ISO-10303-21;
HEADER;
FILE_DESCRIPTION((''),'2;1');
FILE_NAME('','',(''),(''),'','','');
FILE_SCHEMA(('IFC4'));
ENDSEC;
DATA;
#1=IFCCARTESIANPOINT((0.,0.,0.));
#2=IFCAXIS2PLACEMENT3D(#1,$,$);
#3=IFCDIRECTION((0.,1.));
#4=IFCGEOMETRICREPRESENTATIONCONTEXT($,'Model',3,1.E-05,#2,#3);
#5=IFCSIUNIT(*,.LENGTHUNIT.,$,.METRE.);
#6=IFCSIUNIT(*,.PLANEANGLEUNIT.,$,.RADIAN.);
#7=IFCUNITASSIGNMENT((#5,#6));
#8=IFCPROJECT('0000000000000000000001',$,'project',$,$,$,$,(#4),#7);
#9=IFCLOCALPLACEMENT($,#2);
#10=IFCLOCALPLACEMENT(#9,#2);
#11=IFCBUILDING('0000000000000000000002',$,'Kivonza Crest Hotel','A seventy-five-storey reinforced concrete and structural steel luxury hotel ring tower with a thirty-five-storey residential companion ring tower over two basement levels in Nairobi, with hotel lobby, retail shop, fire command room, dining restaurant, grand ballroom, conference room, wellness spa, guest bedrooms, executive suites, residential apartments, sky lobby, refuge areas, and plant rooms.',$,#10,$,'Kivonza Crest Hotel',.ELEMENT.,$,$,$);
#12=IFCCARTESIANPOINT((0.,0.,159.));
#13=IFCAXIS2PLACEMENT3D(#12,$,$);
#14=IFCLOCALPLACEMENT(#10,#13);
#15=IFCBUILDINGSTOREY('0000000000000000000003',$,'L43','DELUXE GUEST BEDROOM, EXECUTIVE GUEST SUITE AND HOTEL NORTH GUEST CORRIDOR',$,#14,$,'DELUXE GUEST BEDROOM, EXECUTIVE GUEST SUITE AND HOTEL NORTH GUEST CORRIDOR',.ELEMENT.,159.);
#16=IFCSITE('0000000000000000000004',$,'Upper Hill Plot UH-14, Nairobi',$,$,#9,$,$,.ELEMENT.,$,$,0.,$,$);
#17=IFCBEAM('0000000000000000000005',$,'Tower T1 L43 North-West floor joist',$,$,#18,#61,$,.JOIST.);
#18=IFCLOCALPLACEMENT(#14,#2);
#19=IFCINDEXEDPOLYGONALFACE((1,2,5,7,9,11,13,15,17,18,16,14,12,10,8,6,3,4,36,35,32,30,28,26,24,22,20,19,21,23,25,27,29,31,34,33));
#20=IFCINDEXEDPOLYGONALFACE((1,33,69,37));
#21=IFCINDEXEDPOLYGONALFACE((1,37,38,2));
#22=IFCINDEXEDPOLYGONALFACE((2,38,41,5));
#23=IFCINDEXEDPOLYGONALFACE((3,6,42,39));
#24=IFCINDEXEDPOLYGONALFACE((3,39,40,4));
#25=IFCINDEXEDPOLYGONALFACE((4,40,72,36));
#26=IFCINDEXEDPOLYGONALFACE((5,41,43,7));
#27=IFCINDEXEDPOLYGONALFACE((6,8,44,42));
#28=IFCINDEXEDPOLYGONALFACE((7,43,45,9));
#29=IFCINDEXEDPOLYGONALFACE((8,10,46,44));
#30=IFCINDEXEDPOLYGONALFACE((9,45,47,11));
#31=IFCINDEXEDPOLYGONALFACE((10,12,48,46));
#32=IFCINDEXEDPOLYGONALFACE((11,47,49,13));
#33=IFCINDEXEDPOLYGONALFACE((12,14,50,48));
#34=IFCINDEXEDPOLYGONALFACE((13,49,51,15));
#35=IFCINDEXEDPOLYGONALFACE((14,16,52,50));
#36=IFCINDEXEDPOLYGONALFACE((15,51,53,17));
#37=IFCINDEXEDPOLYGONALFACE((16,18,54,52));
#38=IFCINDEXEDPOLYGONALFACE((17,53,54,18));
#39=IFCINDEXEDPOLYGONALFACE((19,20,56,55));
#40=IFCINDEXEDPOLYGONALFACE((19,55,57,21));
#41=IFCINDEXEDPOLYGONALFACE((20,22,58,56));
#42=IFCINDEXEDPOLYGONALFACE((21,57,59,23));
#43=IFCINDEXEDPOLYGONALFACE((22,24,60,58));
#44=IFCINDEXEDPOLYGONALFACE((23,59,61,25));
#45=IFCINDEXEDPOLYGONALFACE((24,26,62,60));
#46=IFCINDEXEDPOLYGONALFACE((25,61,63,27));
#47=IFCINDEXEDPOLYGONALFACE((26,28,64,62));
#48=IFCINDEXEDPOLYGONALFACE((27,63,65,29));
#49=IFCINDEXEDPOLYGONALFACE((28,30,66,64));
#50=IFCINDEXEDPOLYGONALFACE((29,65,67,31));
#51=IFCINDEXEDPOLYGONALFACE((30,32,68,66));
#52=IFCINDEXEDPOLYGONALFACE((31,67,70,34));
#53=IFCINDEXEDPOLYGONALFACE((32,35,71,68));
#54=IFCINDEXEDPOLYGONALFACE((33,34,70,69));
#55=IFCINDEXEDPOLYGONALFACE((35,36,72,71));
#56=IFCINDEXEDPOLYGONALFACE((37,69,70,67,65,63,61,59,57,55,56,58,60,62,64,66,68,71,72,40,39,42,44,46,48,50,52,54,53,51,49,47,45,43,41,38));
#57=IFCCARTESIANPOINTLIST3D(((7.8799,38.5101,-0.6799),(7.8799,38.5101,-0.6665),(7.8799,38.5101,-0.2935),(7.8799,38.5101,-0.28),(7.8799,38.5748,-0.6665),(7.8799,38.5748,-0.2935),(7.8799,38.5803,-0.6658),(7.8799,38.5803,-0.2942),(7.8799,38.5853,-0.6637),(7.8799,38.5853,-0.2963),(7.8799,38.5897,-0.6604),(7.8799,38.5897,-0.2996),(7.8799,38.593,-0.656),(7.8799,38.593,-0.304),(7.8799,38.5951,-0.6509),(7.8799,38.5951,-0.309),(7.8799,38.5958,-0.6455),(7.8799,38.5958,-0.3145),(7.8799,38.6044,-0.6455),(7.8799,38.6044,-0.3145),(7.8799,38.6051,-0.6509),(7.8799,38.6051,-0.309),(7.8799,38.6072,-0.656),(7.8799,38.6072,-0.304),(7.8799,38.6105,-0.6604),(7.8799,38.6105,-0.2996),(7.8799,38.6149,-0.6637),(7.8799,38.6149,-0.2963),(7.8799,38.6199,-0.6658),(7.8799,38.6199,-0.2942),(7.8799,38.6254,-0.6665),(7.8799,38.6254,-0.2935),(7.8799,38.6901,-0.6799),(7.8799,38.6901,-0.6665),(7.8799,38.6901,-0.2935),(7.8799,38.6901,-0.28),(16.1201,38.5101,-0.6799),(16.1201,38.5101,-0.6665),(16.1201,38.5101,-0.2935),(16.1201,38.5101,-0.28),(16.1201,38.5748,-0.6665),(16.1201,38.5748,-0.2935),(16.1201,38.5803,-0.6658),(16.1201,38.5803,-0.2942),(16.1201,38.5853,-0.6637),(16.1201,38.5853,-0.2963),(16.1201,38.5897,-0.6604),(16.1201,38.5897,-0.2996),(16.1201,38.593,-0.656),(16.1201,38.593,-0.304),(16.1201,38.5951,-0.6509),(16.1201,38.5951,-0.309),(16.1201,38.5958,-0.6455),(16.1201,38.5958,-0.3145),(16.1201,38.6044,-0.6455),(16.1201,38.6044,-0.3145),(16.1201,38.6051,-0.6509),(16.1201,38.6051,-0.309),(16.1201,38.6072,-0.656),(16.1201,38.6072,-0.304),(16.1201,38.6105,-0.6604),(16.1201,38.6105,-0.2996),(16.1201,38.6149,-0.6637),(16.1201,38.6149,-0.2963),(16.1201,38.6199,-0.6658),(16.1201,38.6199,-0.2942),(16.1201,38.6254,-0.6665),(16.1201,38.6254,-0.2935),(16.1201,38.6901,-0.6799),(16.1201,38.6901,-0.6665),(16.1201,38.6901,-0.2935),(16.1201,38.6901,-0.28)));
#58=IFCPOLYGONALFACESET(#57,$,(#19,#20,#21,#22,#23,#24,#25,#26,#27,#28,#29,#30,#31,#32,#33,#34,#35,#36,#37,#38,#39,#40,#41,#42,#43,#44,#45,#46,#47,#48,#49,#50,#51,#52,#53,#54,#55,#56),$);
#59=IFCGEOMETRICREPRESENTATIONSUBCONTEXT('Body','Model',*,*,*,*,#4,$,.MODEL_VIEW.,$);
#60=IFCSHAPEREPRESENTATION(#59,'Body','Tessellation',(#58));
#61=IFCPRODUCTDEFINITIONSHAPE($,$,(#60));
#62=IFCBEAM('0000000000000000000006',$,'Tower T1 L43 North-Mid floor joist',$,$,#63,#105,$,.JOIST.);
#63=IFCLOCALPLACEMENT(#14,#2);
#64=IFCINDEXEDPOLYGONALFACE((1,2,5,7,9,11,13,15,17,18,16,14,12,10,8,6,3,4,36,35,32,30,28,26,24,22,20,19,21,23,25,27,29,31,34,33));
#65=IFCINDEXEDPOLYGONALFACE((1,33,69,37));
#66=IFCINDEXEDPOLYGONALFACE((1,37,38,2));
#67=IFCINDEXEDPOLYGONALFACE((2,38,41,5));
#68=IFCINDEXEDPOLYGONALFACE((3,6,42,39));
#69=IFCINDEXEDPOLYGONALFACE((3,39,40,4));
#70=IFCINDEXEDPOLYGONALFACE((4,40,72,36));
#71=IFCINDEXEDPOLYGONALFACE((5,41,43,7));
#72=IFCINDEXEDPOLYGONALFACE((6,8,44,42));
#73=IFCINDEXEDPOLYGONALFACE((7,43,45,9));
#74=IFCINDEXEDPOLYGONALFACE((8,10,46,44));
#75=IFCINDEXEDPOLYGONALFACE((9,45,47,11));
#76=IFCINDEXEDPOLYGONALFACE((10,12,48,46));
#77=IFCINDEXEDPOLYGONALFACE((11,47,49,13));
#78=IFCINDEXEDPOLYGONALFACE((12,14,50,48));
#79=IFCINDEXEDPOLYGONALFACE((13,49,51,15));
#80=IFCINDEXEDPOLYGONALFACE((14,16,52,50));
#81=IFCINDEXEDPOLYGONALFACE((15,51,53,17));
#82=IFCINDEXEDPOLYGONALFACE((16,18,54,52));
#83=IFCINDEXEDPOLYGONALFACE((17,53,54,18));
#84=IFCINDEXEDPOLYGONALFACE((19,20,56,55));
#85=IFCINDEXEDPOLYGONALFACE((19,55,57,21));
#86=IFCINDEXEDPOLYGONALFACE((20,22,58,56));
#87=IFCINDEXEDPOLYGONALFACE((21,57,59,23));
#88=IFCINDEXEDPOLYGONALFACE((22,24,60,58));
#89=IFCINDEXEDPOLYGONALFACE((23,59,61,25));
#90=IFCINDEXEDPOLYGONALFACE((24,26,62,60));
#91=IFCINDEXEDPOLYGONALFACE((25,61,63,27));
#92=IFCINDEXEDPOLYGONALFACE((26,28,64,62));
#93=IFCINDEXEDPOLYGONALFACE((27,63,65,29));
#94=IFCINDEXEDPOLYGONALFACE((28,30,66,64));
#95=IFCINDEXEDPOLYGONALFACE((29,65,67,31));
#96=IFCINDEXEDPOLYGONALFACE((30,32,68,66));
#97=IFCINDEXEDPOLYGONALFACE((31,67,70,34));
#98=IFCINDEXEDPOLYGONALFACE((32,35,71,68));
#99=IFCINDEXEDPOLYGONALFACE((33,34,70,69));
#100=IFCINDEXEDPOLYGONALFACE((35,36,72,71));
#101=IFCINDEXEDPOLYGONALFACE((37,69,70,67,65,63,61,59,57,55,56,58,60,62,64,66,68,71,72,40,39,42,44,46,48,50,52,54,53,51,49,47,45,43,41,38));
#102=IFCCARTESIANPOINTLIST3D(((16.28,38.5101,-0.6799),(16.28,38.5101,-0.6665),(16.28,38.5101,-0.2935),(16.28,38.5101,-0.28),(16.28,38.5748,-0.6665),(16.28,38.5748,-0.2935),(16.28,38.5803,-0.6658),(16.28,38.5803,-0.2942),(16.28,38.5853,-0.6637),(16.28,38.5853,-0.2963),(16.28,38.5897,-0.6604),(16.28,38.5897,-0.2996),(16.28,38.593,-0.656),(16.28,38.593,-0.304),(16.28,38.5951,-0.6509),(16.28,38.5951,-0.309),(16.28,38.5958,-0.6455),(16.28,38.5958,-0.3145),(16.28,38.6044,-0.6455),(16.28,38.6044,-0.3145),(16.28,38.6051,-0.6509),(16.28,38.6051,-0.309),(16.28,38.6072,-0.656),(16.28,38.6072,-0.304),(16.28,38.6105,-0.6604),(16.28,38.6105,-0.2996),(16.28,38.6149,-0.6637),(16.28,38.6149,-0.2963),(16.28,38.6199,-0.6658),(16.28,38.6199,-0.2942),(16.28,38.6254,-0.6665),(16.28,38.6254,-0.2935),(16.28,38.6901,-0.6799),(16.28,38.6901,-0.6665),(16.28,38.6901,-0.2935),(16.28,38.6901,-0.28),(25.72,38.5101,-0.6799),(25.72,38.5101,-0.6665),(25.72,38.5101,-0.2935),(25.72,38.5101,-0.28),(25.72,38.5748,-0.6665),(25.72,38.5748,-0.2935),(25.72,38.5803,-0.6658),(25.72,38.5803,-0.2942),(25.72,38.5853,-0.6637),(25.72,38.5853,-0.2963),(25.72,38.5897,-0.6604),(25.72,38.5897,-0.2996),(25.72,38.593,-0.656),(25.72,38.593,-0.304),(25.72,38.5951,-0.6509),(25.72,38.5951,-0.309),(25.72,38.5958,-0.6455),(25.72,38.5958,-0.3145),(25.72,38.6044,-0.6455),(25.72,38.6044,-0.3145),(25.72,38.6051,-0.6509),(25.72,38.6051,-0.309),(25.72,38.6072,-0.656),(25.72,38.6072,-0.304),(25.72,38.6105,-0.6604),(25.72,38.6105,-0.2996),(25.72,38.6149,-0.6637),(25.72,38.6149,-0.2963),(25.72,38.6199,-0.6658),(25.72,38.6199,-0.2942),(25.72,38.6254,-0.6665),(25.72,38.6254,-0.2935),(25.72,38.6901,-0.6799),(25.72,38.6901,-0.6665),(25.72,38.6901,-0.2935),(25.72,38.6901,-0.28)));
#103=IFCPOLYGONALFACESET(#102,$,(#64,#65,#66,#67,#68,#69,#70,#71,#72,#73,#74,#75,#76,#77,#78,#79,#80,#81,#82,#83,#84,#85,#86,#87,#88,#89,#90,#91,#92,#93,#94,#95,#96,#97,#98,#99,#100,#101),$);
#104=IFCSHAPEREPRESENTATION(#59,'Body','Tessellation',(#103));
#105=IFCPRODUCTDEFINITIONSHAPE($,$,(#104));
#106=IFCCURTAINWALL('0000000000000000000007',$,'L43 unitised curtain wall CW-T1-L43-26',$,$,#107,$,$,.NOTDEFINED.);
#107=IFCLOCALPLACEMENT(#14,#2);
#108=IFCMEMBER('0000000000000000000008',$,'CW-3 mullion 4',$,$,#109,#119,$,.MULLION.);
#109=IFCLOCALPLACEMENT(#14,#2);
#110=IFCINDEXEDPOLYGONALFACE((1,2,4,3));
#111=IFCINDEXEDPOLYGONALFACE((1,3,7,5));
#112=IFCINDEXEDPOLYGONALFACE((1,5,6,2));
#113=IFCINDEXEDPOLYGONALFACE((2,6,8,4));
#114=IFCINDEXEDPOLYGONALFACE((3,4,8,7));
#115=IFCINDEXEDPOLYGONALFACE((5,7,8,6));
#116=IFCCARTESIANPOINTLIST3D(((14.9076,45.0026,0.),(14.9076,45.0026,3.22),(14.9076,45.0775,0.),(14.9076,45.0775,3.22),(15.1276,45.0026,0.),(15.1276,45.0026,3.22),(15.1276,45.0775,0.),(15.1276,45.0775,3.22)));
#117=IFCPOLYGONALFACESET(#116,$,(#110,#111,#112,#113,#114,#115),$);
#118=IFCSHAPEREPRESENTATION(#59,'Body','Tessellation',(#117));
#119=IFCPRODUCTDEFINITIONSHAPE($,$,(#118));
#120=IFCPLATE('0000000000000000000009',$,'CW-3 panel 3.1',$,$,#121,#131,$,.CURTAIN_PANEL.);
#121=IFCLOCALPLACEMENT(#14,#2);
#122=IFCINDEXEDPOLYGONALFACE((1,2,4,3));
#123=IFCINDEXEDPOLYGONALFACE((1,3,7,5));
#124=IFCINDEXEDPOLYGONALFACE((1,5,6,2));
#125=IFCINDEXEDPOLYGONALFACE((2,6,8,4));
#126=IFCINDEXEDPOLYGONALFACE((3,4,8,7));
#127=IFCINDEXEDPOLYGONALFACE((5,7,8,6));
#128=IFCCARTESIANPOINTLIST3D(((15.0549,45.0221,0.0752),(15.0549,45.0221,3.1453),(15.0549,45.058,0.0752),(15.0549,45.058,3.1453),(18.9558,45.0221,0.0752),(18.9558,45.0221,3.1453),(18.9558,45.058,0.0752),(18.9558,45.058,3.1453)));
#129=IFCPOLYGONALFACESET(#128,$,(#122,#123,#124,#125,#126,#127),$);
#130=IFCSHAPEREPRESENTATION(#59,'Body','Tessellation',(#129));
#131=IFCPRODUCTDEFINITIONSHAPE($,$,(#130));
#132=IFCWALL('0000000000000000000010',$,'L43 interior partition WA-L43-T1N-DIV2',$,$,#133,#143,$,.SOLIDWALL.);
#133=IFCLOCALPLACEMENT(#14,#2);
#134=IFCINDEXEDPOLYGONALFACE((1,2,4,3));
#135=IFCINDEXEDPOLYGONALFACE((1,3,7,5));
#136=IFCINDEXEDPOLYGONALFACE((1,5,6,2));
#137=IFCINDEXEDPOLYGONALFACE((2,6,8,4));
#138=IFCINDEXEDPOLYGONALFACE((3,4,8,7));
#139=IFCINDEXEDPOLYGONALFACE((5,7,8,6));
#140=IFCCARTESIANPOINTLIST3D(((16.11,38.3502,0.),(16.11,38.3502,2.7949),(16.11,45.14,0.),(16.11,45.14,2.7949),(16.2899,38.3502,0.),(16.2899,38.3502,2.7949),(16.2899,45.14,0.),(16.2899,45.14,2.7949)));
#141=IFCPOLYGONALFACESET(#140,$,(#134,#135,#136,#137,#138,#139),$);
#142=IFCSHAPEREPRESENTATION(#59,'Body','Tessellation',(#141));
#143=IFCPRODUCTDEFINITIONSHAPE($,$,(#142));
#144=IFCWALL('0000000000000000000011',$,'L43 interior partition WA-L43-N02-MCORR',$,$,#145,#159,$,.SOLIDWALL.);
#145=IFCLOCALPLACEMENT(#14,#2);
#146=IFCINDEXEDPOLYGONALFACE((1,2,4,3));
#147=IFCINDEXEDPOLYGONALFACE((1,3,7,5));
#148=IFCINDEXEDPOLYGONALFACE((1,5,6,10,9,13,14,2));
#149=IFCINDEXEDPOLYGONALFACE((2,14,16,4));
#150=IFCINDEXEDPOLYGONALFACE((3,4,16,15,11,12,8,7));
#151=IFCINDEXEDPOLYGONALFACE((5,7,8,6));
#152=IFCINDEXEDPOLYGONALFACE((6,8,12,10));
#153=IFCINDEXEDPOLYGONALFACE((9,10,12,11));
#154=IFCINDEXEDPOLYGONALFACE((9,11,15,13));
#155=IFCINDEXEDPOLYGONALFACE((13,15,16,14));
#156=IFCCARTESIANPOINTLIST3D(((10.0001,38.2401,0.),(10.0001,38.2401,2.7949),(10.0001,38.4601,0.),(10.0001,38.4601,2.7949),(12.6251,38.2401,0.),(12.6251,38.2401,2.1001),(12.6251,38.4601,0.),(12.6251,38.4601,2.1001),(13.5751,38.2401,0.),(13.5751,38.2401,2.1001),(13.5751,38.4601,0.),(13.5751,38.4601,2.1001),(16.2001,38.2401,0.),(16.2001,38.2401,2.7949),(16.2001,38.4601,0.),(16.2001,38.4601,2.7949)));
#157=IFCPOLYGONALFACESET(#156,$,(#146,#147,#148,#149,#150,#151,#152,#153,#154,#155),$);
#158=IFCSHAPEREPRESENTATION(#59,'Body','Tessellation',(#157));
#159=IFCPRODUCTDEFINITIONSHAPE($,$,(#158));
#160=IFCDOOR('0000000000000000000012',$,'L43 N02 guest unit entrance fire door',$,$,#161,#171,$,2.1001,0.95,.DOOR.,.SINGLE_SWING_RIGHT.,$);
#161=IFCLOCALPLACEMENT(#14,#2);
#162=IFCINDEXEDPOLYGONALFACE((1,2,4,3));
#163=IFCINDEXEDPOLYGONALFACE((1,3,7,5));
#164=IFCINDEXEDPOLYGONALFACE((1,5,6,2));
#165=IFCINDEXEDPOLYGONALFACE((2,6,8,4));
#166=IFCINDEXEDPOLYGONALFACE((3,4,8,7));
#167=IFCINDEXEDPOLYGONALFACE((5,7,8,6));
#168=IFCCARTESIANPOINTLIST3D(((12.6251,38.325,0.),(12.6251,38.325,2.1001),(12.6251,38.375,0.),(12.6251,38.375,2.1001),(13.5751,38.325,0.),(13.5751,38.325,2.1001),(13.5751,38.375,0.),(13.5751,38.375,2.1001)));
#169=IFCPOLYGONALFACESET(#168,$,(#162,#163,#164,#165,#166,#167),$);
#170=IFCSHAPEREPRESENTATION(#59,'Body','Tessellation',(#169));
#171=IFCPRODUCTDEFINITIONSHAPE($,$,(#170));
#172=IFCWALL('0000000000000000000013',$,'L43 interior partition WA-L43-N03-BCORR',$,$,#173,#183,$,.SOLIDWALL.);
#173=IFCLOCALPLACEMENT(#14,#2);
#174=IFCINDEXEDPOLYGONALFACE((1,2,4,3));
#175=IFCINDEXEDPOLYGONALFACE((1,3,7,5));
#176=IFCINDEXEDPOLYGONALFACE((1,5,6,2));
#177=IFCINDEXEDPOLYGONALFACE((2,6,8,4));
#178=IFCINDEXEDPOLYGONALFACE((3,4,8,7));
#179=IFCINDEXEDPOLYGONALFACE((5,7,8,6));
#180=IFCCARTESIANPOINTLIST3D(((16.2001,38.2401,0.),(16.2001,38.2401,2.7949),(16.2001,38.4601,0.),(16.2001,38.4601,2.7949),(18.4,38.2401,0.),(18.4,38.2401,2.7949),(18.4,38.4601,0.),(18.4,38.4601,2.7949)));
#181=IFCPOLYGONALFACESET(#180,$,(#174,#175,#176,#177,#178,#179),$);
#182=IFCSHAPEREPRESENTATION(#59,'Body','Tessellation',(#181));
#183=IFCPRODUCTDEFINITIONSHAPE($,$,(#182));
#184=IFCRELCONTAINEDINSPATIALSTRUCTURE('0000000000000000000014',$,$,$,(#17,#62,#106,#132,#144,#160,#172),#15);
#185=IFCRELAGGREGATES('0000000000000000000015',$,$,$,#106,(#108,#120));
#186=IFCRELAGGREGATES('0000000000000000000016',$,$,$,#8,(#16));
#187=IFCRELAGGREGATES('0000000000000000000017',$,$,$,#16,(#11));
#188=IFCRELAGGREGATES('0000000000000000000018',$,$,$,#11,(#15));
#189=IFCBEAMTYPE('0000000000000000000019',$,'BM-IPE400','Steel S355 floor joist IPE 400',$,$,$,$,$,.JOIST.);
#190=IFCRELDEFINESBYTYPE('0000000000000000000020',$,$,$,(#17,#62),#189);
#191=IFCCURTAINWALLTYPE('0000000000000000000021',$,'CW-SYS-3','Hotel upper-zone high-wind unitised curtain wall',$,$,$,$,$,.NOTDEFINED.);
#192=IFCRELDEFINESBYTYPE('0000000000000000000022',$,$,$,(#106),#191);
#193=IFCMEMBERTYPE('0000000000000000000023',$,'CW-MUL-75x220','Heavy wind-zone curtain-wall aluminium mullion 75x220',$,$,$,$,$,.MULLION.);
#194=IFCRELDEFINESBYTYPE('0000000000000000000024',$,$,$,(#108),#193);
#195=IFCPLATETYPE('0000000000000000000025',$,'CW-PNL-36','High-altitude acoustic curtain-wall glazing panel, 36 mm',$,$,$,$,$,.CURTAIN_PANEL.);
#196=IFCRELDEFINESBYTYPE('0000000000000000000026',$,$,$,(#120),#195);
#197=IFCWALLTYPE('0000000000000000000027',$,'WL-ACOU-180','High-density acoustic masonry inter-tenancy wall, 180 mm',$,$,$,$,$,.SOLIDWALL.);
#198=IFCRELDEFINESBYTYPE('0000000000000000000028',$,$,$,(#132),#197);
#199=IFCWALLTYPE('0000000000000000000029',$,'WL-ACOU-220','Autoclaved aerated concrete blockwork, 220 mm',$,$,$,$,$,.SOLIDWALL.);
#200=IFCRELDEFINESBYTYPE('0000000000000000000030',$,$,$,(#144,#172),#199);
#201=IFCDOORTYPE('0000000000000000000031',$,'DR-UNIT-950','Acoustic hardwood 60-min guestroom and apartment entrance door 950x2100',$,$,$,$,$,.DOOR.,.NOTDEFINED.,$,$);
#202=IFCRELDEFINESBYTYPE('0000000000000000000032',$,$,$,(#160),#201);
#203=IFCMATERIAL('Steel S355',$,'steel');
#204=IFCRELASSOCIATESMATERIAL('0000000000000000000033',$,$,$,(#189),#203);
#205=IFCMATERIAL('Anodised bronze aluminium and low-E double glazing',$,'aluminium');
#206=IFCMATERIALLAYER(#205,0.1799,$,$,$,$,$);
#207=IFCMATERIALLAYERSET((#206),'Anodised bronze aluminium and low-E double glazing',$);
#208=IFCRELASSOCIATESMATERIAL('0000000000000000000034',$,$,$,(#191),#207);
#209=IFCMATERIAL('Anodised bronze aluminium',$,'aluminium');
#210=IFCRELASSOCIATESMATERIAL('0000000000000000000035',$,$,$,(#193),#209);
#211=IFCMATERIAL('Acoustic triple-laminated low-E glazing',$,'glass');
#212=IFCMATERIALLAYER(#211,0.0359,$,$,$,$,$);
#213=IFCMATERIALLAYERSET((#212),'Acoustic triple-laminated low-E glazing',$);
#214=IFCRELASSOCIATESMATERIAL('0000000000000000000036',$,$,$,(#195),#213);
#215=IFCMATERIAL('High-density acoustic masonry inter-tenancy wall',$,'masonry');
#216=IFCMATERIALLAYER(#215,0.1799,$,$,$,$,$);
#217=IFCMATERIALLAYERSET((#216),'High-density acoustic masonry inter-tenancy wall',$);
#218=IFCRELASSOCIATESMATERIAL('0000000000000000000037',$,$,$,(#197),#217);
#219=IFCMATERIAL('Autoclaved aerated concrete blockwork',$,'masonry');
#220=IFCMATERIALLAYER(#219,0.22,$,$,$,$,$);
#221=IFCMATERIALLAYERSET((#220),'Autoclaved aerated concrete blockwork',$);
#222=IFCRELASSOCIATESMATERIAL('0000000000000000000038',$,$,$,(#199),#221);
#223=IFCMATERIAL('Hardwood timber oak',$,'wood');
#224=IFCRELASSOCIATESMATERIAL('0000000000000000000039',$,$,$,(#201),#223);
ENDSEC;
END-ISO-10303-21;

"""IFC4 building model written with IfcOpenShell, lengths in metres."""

from ifc_helpers import new_model, si_unit, direction, frame, frame_2d, origin, origin_2d, place, context, subcontext, project, spatial, rectangle, i_section, extrude, material, layer, layer_set, material_profile, profile_set, type_object, element, fill, aggregate, save


model = new_model("IFC4")

# Units and contexts
model_context = context("Model", 3, precision=1e-05, world=origin(), true_north=direction((0.0, 1.0)))
body_context = subcontext(model_context, "Body", "Model", "MODEL_VIEW")
ifc_project = project(units=[si_unit("LENGTHUNIT", "METRE"), si_unit("PLANEANGLEUNIT", "RADIAN")], contexts=[model_context])

# Site, building, storey
site_placement = place(None, origin())
site = spatial("IfcSite", under=ifc_project, at=site_placement, Name="Upper Hill Plot UH-14, Nairobi", CompositionType="ELEMENT", RefElevation=0.0)
building_placement = place(site_placement, origin())
building = spatial("IfcBuilding", under=site, at=building_placement, Name="Kivonza Crest Hotel", Description="A seventy-five-storey reinforced concrete and structural steel luxury hotel ring tower with a thirty-five-storey residential companion ring tower over two basement levels in Nairobi, with hotel lobby, retail shop, fire command room, dining restaurant, grand ballroom, conference room, wellness spa, guest bedrooms, executive suites, residential apartments, sky lobby, refuge areas, and plant rooms.", LongName="Kivonza Crest Hotel", CompositionType="ELEMENT")
storey_placement = place(building_placement, frame((0.0, 0.0, 159.0)))
storey = spatial("IfcBuildingStorey", under=building, at=storey_placement, Name="L43", Description="DELUXE GUEST BEDROOM, EXECUTIVE GUEST SUITE AND HOTEL NORTH GUEST CORRIDOR", LongName="DELUXE GUEST BEDROOM, EXECUTIVE GUEST SUITE AND HOTEL NORTH GUEST CORRIDOR", CompositionType="ELEMENT", Elevation=159.0)

# Beams
ifc_material_1 = material(Name="Steel S355", Category="steel")
ifc_material_profile_1 = material_profile(ifc_material_1, i_section(OverallWidth=0.1799, OverallDepth=0.3999, WebThickness=0.0085, FlangeThickness=0.0134, FilletRadius=0.021, at=origin_2d()), Name="IPE 400")
ifc_profile_set_1 = profile_set([ifc_material_profile_1], Name="Steel S355")
beam_type_1 = type_object("IfcBeamType", Name="BM-IPE400", Description="Steel S355 floor joist IPE 400", PredefinedType="JOIST", material=ifc_profile_set_1)
beam_1_placement = place(storey_placement, frame((7.8799, 38.6001, -0.48), z_axis=(1.0, 0.0, 0.0), x_axis=(0.0, 1.0, 0.0)))
element("IfcBeam", 1, at=beam_1_placement, inside=storey, type_object=beam_type_1, Name="Tower T1 L43 North-West floor joist", PredefinedType="JOIST", context=body_context, shape_type="SweptSolid", body=[
    extrude(i_section(OverallWidth=0.1799, OverallDepth=0.3999, WebThickness=0.0085, FlangeThickness=0.0134, FilletRadius=0.021, at=origin_2d()), origin(), (0.0, 0.0, 1.0), 8.2402),
])
beam_2_placement = place(storey_placement, frame((16.28, 38.6001, -0.48), z_axis=(1.0, 0.0, 0.0), x_axis=(0.0, 1.0, 0.0)))
element("IfcBeam", 2, at=beam_2_placement, inside=storey, type_object=beam_type_1, Name="Tower T1 L43 North-Mid floor joist", PredefinedType="JOIST", context=body_context, shape_type="SweptSolid", body=[
    extrude(i_section(OverallWidth=0.1799, OverallDepth=0.3999, WebThickness=0.0085, FlangeThickness=0.0134, FilletRadius=0.021, at=origin_2d()), origin(), (0.0, 0.0, 1.0), 9.4399),
])

# Curtain wall, member, plate
ifc_material_2 = material(Name="Anodised bronze aluminium and low-E double glazing", Category="aluminium")
ifc_layer_1 = layer(ifc_material_2, 0.1799)
ifc_layer_set_1 = layer_set([ifc_layer_1], Name="Anodised bronze aluminium and low-E double glazing")
curtain_wall_type = type_object("IfcCurtainWallType", Name="CW-SYS-3", Description="Hotel upper-zone high-wind unitised curtain wall", PredefinedType="NOTDEFINED", material=ifc_layer_set_1)
curtain_wall_placement = place(storey_placement, origin())
curtain_wall = element("IfcCurtainWall", 3, at=curtain_wall_placement, inside=storey, type_object=curtain_wall_type, Name="L43 unitised curtain wall CW-T1-L43-26", PredefinedType="NOTDEFINED")
ifc_material_3 = material(Name="Anodised bronze aluminium", Category="aluminium")
ifc_material_profile_2 = material_profile(ifc_material_3, rectangle(XDim=0.075, YDim=0.22, at=origin_2d()), Name="CW-M 75x220")
ifc_profile_set_2 = profile_set([ifc_material_profile_2], Name="Anodised bronze aluminium")
member_type = type_object("IfcMemberType", Name="CW-MUL-75x220", Description="Heavy wind-zone curtain-wall aluminium mullion 75x220", PredefinedType="MULLION", material=ifc_profile_set_2)
member_placement = place(storey_placement, frame((15.0176, 45.04, 0.0), z_axis=(0.0, 0.0, 1.0), x_axis=(0.0, -1.0, 0.0)))
member = element("IfcMember", 4, at=member_placement, type_object=member_type, Name="CW-3 mullion 4", PredefinedType="MULLION", context=body_context, shape_type="SweptSolid", body=[
    extrude(rectangle(XDim=0.075, YDim=0.22, at=origin_2d()), origin(), (0.0, 0.0, 1.0), 3.22),
])
ifc_material_4 = material(Name="Acoustic triple-laminated low-E glazing", Category="glass")
ifc_layer_2 = layer(ifc_material_4, 0.0359)
ifc_layer_set_2 = layer_set([ifc_layer_2], Name="Acoustic triple-laminated low-E glazing")
plate_type = type_object("IfcPlateType", Name="CW-PNL-36", Description="High-altitude acoustic curtain-wall glazing panel, 36 mm", PredefinedType="CURTAIN_PANEL", material=ifc_layer_set_2)
plate_placement = place(storey_placement, frame((17.0054, 45.04, 0.0752), z_axis=(0.0, 0.0, 1.0), x_axis=(-1.0, 0.0, 0.0)))
plate = element("IfcPlate", 5, at=plate_placement, type_object=plate_type, Name="CW-3 panel 3.1", PredefinedType="CURTAIN_PANEL", context=body_context, shape_type="SweptSolid", body=[
    extrude(rectangle(XDim=3.9009, YDim=0.0359, at=origin_2d()), origin(), (0.0, 0.0, 1.0), 3.0701),
])
aggregate(curtain_wall, [member, plate])

# Wall
ifc_material_5 = material(Name="High-density acoustic masonry inter-tenancy wall", Category="masonry")
ifc_layer_3 = layer(ifc_material_5, 0.1799)
ifc_layer_set_3 = layer_set([ifc_layer_3], Name="High-density acoustic masonry inter-tenancy wall")
wall_type_1 = type_object("IfcWallType", Name="WL-ACOU-180", Description="High-density acoustic masonry inter-tenancy wall, 180 mm", PredefinedType="SOLIDWALL", material=ifc_layer_set_3)
wall_1_placement = place(storey_placement, frame((16.2, 38.3501, 0.0), z_axis=(0.0, 0.0, 1.0), x_axis=(0.0, 1.0, 0.0)))
element("IfcWall", 6, at=wall_1_placement, inside=storey, type_object=wall_type_1, Name="L43 interior partition WA-L43-T1N-DIV2", PredefinedType="SOLIDWALL", context=body_context, shape_type="SweptSolid", body=[
    extrude(rectangle(XDim=6.7898, YDim=0.1799, at=frame_2d((3.395, 0.0))), origin(), (0.0, 0.0, 1.0), 2.7949),
])

# Wall, opening, door
ifc_material_6 = material(Name="Autoclaved aerated concrete blockwork", Category="masonry")
ifc_layer_4 = layer(ifc_material_6, 0.22)
ifc_layer_set_4 = layer_set([ifc_layer_4], Name="Autoclaved aerated concrete blockwork")
wall_type_2 = type_object("IfcWallType", Name="WL-ACOU-220", Description="Autoclaved aerated concrete blockwork, 220 mm", PredefinedType="SOLIDWALL", material=ifc_layer_set_4)
wall_2_placement = place(storey_placement, frame((10.0, 38.3501, 0.0), z_axis=(0.0, 0.0, 1.0), x_axis=(1.0, 0.0, 0.0)))
wall_2 = element("IfcWall", 7, at=wall_2_placement, inside=storey, type_object=wall_type_2, Name="L43 interior partition WA-L43-N02-MCORR", PredefinedType="SOLIDWALL", context=body_context, shape_type="SweptSolid", body=[
    extrude(rectangle(XDim=6.2, YDim=0.22, at=frame_2d((3.1001, 0.0))), origin(), (0.0, 0.0, 1.0), 2.7949),
])
opening_1_placement = place(wall_2_placement, frame((2.625, 0.0, 0.0)))
opening_1 = element("IfcOpeningElement", 8, at=opening_1_placement, cuts=wall_2, PredefinedType="OPENING", context=body_context, shape_type="SweptSolid", body=[
    extrude(rectangle(XDim=0.95, YDim=2.1001, at=frame_2d((0.4751, 1.05))), frame((0.0, 0.1201, 0.0), z_axis=(0.0, -1.0, 0.0), x_axis=(1.0, 0.0, 0.0)), (0.0, 0.0, 1.0), 0.24),
])
ifc_material_7 = material(Name="Hardwood timber oak", Category="wood")
door_type_1 = type_object("IfcDoorType", Name="DR-UNIT-950", Description="Acoustic hardwood 60-min guestroom and apartment entrance door 950x2100", OperationType="NOTDEFINED", PredefinedType="DOOR", material=ifc_material_7)
door_1_placement = place(opening_1_placement, origin())
door_1 = element("IfcDoor", 9, at=door_1_placement, inside=storey, type_object=door_type_1, Name="L43 N02 guest unit entrance fire door", OperationType="SINGLE_SWING_RIGHT", OverallHeight=2.1001, OverallWidth=0.95, PredefinedType="DOOR", context=body_context, shape_type="SweptSolid", body=[
    extrude(rectangle(XDim=0.95, YDim=2.1001, at=frame_2d((0.4751, 1.05))), frame((0.0, 0.0249, 0.0), z_axis=(0.0, -1.0, 0.0), x_axis=(1.0, 0.0, 0.0)), (0.0, 0.0, 1.0), 0.05),
])
fill(opening_1, door_1)

# Wall
wall_3_placement = place(storey_placement, frame((16.2, 38.3501, 0.0), z_axis=(0.0, 0.0, 1.0), x_axis=(1.0, 0.0, 0.0)))
element("IfcWall", 10, at=wall_3_placement, inside=storey, type_object=wall_type_2, Name="L43 interior partition WA-L43-N03-BCORR", PredefinedType="SOLIDWALL", context=body_context, shape_type="SweptSolid", body=[
    extrude(rectangle(XDim=2.2, YDim=0.22, at=frame_2d((1.1001, 0.0))), origin(), (0.0, 0.0, 1.0), 2.7949),
])

save(model, "model.ifc")
